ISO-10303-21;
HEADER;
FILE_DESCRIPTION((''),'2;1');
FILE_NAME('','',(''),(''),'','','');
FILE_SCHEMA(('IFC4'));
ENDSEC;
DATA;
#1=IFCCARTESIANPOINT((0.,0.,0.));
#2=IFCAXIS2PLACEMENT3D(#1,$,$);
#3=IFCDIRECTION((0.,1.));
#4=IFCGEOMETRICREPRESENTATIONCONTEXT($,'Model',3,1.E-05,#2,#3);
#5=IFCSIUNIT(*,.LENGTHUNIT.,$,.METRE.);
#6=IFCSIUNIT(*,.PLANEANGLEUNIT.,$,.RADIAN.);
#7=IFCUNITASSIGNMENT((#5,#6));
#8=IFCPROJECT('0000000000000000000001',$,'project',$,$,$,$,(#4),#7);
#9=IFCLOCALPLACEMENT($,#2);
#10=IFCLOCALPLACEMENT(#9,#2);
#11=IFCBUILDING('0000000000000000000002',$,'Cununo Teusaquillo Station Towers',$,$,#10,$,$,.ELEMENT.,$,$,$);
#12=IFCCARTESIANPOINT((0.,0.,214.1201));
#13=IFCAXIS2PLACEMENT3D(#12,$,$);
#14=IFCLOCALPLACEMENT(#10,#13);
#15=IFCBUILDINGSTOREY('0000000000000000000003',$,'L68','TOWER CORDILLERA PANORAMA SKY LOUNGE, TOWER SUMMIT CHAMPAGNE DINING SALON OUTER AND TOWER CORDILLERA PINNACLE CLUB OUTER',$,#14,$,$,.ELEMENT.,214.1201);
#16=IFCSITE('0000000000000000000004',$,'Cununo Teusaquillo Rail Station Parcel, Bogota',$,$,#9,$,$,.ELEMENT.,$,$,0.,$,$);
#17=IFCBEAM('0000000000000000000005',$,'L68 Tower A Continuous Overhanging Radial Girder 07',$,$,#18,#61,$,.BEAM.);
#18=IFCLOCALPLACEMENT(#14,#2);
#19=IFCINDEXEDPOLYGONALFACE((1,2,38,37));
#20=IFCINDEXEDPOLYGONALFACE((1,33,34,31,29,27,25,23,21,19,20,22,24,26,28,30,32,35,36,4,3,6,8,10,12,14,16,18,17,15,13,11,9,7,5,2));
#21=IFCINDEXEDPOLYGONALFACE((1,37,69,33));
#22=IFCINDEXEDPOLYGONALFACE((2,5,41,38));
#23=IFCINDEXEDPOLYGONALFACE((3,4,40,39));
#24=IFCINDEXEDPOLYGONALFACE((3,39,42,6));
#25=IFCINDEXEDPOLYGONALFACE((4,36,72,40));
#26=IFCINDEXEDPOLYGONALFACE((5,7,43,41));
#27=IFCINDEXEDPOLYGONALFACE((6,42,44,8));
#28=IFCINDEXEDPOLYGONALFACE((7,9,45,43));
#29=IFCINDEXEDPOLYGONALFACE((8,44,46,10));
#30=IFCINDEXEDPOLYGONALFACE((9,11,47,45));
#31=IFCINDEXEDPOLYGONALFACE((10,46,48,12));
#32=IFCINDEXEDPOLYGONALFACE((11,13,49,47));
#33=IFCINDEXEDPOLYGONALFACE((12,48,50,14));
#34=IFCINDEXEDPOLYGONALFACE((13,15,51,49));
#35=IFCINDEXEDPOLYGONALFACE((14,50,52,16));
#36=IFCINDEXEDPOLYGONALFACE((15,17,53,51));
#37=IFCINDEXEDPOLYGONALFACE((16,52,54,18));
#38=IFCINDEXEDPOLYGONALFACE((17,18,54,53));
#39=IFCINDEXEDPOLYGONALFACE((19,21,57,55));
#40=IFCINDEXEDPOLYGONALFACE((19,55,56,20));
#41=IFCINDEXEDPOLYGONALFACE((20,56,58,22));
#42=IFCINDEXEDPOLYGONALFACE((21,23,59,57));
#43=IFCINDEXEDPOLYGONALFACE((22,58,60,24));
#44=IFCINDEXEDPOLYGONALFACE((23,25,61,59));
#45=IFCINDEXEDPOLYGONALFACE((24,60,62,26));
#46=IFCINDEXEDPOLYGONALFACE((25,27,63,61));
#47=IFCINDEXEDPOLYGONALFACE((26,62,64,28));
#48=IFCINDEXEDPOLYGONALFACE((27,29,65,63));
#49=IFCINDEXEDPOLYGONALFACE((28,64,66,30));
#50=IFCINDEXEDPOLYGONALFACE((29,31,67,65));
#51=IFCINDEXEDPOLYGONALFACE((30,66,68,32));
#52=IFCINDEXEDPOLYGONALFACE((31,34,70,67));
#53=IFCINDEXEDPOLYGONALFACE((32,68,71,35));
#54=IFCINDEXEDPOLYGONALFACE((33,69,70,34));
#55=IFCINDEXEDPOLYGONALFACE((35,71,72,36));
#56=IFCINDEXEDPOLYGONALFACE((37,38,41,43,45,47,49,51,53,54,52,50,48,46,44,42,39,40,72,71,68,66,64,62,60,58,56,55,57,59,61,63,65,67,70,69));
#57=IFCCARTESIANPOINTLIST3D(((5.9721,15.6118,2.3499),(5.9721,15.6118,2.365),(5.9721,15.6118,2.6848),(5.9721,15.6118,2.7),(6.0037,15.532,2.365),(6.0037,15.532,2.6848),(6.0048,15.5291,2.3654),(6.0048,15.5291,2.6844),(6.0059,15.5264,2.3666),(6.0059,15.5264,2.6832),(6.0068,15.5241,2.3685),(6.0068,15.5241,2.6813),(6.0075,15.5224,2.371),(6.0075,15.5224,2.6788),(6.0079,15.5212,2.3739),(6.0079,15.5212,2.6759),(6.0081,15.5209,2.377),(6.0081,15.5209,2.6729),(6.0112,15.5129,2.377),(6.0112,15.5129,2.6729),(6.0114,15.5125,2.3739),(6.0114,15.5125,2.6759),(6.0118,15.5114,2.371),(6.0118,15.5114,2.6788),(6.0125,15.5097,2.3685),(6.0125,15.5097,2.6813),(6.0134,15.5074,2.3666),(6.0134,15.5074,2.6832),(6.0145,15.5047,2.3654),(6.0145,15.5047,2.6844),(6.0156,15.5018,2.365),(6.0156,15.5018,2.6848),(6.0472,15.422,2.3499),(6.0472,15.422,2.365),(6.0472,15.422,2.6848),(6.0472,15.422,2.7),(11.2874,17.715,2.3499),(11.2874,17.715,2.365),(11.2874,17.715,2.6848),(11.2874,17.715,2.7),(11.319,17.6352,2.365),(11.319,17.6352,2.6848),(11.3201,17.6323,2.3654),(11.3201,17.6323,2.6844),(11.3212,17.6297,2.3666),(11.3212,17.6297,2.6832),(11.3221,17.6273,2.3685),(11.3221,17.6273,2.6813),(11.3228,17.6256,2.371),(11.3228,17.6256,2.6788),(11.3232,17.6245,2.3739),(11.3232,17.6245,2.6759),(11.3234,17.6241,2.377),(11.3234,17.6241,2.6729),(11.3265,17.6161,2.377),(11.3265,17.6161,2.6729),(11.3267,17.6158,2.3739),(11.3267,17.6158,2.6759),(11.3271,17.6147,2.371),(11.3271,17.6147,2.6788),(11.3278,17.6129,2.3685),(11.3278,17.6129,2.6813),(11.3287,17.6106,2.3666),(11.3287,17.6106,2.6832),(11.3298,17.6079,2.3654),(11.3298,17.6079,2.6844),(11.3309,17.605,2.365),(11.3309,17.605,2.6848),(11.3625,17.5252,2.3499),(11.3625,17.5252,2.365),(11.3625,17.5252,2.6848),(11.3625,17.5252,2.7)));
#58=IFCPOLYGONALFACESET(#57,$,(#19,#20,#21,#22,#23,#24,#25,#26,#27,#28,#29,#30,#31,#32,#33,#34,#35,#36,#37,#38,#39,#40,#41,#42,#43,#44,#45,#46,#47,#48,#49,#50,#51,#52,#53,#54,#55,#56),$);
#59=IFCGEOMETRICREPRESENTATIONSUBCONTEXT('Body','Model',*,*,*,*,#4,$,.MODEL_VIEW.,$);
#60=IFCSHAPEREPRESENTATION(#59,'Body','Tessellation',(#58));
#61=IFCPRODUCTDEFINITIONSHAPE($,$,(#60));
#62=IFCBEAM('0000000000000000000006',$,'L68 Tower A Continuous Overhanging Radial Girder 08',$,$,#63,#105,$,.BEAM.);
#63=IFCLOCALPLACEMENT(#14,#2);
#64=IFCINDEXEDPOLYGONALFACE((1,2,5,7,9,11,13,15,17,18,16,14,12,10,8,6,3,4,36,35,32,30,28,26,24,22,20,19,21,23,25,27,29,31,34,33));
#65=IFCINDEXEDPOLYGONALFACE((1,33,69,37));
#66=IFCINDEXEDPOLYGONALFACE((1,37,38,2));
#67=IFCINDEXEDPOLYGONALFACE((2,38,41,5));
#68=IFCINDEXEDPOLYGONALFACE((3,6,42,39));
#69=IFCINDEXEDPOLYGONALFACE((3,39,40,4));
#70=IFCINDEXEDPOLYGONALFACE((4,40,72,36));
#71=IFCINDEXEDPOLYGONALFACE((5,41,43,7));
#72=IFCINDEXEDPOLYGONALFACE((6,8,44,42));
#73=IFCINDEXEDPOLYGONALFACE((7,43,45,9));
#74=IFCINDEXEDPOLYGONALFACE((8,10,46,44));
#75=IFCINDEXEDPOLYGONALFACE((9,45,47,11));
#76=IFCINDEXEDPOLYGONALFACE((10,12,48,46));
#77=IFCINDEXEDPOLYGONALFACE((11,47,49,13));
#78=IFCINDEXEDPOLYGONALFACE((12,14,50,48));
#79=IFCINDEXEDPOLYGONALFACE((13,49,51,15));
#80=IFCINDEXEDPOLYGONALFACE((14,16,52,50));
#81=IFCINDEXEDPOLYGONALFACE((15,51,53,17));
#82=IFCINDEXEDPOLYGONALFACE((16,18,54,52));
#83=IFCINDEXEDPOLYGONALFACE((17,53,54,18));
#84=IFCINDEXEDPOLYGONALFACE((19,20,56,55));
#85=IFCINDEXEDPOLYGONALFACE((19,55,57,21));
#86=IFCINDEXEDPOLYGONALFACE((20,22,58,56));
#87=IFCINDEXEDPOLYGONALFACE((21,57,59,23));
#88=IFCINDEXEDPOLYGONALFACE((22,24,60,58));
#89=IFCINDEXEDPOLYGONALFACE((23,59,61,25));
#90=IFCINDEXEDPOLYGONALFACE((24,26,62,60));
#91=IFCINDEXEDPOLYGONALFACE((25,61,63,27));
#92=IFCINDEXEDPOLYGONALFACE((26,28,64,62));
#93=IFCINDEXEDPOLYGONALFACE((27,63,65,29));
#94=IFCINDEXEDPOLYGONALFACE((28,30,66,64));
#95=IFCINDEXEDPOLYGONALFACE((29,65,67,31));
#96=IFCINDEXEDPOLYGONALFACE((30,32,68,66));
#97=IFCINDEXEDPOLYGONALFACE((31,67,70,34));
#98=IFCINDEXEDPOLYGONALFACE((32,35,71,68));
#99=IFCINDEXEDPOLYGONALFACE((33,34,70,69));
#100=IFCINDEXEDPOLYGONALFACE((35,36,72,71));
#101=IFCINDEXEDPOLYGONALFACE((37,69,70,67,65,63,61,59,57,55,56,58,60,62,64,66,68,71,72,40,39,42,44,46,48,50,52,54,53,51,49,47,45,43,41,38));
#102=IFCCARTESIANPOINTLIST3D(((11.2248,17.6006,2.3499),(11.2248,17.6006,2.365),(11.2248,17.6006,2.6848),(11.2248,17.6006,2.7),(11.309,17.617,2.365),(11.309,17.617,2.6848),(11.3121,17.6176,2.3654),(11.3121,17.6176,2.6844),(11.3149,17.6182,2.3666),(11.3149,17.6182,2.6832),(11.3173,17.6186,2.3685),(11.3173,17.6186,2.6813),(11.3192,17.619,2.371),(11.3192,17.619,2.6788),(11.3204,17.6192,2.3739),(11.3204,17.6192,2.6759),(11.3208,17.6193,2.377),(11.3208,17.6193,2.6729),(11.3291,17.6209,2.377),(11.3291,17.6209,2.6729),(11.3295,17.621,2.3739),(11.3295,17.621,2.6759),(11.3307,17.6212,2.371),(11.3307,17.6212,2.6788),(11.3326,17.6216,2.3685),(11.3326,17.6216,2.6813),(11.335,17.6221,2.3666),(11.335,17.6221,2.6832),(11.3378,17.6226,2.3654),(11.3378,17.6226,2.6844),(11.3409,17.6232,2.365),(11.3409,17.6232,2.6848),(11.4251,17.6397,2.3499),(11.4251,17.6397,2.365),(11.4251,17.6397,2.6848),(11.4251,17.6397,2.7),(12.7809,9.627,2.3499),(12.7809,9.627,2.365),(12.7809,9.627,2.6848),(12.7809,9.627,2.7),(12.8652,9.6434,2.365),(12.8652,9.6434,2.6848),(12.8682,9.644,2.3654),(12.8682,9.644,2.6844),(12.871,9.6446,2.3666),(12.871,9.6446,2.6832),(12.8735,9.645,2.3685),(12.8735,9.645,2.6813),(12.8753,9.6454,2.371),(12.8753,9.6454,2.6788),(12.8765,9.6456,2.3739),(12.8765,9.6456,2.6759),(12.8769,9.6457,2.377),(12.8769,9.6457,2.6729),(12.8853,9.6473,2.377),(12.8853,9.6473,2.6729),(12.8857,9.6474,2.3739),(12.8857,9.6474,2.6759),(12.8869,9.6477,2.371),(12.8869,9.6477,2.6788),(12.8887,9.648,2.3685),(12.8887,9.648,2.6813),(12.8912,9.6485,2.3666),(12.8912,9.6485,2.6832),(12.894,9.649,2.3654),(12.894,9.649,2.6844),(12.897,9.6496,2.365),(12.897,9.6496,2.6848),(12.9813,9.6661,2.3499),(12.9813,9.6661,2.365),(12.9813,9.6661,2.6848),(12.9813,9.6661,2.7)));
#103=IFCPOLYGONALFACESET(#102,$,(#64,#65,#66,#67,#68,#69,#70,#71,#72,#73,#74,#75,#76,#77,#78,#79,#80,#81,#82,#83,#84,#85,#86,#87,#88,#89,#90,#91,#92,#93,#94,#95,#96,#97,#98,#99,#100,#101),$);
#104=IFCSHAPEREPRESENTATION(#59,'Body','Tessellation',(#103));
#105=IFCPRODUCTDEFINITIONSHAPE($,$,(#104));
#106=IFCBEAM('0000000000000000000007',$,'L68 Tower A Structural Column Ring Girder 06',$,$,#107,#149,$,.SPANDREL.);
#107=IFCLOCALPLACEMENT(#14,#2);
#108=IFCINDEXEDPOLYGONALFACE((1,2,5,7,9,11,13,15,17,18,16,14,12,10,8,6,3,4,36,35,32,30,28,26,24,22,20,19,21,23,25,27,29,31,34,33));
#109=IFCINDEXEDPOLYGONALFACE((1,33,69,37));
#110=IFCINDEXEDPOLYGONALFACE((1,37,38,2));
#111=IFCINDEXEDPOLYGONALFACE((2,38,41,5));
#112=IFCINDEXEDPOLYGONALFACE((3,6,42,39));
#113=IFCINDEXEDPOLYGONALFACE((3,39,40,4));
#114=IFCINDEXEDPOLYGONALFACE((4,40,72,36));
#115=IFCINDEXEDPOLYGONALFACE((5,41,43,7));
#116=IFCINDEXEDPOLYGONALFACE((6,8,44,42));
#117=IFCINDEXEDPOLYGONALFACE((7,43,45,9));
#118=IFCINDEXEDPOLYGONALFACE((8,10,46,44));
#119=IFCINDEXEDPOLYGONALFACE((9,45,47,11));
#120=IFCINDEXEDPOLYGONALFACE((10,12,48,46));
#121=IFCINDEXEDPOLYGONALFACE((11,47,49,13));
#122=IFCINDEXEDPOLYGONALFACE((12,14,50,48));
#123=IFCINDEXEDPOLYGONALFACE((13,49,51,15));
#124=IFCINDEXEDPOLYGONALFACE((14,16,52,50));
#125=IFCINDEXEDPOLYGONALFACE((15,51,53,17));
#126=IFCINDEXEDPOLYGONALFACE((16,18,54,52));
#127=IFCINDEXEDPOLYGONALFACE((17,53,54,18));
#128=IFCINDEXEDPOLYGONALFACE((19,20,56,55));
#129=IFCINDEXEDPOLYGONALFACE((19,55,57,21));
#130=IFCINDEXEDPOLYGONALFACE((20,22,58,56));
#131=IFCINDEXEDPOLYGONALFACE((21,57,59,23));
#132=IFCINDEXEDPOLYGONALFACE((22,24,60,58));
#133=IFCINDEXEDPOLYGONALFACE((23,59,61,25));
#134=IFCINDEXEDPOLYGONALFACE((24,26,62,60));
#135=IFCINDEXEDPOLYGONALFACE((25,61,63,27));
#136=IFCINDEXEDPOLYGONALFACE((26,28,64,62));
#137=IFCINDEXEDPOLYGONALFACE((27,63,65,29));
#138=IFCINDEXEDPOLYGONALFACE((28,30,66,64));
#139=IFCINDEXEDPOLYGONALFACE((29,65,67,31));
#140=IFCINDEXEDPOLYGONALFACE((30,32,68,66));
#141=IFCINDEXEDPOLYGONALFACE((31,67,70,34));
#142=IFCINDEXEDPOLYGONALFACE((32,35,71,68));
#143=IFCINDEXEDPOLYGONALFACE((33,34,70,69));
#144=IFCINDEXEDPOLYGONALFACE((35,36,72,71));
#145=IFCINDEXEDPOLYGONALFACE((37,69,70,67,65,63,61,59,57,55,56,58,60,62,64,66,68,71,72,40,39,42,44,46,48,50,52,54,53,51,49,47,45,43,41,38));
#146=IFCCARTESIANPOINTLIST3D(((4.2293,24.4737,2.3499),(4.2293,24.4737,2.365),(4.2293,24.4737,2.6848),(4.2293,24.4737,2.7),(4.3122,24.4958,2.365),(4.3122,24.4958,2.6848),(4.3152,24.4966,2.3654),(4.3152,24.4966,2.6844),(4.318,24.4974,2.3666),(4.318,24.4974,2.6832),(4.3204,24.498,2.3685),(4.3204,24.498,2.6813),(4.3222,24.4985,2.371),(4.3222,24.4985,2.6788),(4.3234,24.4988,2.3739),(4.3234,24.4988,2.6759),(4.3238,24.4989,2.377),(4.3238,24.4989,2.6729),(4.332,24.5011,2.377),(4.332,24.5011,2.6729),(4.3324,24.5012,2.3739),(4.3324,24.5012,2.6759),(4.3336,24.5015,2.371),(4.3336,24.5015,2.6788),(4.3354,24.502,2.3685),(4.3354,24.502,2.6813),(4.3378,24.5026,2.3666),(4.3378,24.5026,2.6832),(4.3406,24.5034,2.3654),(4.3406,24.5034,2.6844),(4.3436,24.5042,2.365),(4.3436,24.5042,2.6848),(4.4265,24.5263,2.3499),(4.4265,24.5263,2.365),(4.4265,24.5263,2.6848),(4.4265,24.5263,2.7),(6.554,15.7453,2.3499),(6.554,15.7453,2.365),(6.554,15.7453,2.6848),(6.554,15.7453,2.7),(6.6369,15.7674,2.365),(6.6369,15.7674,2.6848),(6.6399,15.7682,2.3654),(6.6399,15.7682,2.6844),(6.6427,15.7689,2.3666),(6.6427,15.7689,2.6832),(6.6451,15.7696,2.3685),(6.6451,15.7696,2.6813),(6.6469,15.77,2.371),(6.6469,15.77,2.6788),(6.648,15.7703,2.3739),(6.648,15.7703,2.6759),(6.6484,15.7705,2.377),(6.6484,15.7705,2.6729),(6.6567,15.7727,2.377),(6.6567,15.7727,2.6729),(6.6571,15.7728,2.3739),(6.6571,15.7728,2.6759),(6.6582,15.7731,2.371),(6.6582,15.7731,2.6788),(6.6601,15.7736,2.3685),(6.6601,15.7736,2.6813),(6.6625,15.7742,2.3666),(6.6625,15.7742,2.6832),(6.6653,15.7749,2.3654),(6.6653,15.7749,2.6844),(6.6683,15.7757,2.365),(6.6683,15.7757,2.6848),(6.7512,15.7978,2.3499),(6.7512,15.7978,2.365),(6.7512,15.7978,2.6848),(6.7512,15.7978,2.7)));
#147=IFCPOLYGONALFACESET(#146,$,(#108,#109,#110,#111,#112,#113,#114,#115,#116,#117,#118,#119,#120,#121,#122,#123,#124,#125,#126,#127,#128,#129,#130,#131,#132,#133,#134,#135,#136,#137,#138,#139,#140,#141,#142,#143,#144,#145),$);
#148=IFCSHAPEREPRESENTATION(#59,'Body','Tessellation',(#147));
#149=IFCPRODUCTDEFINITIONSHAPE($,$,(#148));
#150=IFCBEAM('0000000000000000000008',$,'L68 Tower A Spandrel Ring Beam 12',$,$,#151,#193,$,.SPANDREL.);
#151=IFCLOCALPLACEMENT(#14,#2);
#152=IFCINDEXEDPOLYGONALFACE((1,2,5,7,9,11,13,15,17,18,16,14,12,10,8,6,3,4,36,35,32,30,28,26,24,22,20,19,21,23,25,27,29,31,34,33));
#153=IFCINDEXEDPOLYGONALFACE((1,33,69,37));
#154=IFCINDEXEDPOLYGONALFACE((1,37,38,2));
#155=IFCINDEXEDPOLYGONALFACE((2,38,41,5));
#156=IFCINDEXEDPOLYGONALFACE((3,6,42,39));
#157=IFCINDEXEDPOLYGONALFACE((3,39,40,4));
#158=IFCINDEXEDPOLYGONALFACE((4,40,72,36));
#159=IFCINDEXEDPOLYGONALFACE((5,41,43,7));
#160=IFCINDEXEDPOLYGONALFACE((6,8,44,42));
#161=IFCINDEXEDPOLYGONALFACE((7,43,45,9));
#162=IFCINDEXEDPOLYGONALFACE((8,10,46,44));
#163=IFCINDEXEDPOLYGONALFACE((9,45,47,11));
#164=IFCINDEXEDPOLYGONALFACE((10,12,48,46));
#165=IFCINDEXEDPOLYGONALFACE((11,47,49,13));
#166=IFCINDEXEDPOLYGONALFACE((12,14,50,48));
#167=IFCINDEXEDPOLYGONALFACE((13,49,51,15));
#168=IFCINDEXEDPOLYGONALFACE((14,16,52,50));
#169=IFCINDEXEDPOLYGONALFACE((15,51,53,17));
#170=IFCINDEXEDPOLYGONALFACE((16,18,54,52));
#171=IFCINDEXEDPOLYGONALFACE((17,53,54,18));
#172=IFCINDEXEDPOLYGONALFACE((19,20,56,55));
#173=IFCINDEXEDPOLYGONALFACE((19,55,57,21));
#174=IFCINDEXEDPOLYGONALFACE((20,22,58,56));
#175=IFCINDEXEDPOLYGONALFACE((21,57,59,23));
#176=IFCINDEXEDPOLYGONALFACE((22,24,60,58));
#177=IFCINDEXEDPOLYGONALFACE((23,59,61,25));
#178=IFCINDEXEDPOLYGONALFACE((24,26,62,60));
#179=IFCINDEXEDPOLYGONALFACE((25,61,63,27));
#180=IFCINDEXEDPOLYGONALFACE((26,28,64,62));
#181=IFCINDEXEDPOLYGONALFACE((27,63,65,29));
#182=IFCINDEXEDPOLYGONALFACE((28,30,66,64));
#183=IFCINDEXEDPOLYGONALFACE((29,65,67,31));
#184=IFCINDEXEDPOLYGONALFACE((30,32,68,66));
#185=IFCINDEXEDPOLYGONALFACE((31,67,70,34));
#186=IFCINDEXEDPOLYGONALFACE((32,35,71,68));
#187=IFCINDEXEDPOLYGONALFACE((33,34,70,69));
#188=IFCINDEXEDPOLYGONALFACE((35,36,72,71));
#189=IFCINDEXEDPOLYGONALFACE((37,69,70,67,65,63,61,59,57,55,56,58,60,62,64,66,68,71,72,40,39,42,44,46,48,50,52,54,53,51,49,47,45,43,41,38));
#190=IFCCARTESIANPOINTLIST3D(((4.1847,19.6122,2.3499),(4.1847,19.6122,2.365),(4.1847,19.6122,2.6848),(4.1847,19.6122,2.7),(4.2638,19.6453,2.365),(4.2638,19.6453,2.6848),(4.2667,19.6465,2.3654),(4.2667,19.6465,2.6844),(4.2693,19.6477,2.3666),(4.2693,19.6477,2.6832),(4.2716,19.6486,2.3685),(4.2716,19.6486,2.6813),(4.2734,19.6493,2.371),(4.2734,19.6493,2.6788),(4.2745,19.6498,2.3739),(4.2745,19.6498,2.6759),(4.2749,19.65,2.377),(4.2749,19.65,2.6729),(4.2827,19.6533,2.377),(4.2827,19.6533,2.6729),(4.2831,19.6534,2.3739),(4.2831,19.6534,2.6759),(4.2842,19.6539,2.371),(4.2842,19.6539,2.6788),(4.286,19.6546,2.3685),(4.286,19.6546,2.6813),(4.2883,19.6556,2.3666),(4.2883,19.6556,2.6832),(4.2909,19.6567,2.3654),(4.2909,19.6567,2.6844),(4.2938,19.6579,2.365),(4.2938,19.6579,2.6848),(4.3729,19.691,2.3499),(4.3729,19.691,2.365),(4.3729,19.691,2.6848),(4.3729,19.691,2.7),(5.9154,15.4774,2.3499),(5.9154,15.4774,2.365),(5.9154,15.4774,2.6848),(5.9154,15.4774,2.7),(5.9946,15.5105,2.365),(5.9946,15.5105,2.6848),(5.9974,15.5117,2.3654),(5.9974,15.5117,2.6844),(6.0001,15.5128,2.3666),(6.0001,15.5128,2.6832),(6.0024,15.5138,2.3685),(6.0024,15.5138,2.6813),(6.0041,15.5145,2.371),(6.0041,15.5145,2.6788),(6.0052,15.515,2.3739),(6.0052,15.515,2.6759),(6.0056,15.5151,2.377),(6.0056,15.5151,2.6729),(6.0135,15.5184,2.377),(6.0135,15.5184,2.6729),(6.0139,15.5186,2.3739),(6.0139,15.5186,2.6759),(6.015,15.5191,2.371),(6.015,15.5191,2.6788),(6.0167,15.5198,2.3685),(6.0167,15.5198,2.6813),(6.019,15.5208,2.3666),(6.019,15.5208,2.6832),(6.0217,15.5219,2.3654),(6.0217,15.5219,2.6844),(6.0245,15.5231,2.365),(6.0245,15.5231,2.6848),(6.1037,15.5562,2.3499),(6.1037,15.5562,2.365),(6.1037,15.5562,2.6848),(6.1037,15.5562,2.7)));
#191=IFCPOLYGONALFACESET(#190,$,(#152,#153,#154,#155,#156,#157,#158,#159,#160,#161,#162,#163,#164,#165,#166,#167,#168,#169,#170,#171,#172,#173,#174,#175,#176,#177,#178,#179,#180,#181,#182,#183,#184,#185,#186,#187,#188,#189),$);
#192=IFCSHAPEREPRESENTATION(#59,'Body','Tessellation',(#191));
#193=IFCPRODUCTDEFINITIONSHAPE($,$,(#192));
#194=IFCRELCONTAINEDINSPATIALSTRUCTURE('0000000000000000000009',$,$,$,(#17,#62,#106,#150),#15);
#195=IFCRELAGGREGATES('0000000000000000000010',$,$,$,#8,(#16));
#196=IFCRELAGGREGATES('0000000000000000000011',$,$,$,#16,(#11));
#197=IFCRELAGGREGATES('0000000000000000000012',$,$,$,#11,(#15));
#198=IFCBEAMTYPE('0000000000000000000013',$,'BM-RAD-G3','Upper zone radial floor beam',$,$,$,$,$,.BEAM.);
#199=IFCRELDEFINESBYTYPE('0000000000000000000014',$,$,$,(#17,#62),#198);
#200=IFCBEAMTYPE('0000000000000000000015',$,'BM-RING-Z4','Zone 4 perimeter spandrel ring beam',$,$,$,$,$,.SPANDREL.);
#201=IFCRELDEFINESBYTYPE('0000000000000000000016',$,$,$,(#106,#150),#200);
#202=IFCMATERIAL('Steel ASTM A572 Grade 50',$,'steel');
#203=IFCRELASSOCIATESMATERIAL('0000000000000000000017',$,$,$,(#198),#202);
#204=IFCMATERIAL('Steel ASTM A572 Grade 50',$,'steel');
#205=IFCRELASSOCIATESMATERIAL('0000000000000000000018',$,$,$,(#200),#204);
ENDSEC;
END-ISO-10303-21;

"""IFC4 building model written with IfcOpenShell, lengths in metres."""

from ifc_helpers import new_model, si_unit, direction, frame, origin, origin_2d, place, context, subcontext, project, spatial, i_section, extrude, material, material_profile, profile_set, type_object, element, save


model = new_model("IFC4")

# Units and contexts
model_context = context("Model", 3, precision=1e-05, world=origin(), true_north=direction((0.0, 1.0)))
body_context = subcontext(model_context, "Body", "Model", "MODEL_VIEW")
ifc_project = project(units=[si_unit("LENGTHUNIT", "METRE"), si_unit("PLANEANGLEUNIT", "RADIAN")], contexts=[model_context])

# Site, building, storey
site_placement = place(None, origin())
site = spatial("IfcSite", under=ifc_project, at=site_placement, Name="Cununo Teusaquillo Rail Station Parcel, Bogota", CompositionType="ELEMENT", RefElevation=0.0)
building_placement = place(site_placement, origin())
building = spatial("IfcBuilding", under=site, at=building_placement, Name="Cununo Teusaquillo Station Towers", CompositionType="ELEMENT")
storey_placement = place(building_placement, frame((0.0, 0.0, 214.1201)))
storey = spatial("IfcBuildingStorey", under=building, at=storey_placement, Name="L68", Description="TOWER CORDILLERA PANORAMA SKY LOUNGE, TOWER SUMMIT CHAMPAGNE DINING SALON OUTER AND TOWER CORDILLERA PINNACLE CLUB OUTER", CompositionType="ELEMENT", Elevation=214.1201)

# Beams
ifc_material_1 = material(Name="Steel ASTM A572 Grade 50", Category="steel")
ifc_material_profile_1 = material_profile(ifc_material_1, i_section(OverallWidth=0.2041, OverallDepth=0.3501, WebThickness=0.0085, FlangeThickness=0.0151, FilletRadius=0.012, at=origin_2d()), Name="W14X48")
ifc_profile_set_1 = profile_set([ifc_material_profile_1], Name="Steel ASTM A572 Grade 50")
beam_type_1 = type_object("IfcBeamType", Name="BM-RAD-G3", Description="Upper zone radial floor beam", PredefinedType="BEAM", material=ifc_profile_set_1)
beam_1_placement = place(storey_placement, frame((11.325, 17.6201, 2.5249), z_axis=(-0.929852, -0.367935, 0.0), x_axis=(0.367935, -0.929852, 0.0)))
element("IfcBeam", 1, at=beam_1_placement, inside=storey, type_object=beam_type_1, Name="L68 Tower A Continuous Overhanging Radial Girder 07", PredefinedType="BEAM", context=body_context, shape_type="SweptSolid", body=[
    extrude(i_section(OverallWidth=0.2041, OverallDepth=0.3501, WebThickness=0.0085, FlangeThickness=0.0151, FilletRadius=0.012, at=origin_2d()), origin(), (0.0, 0.0, 1.0), 5.7163),
])
beam_2_placement = place(storey_placement, frame((11.325, 17.6201, 2.5249), z_axis=(0.191548, -0.981483, 0.0), x_axis=(0.981483, 0.191548, 0.0)))
element("IfcBeam", 2, at=beam_2_placement, inside=storey, type_object=beam_type_1, Name="L68 Tower A Continuous Overhanging Radial Girder 08", PredefinedType="BEAM", context=body_context, shape_type="SweptSolid", body=[
    extrude(i_section(OverallWidth=0.2041, OverallDepth=0.3501, WebThickness=0.0085, FlangeThickness=0.0151, FilletRadius=0.012, at=origin_2d()), origin(), (0.0, 0.0, 1.0), 8.124),
])
ifc_material_2 = material(Name="Steel ASTM A572 Grade 50", Category="steel")
ifc_material_profile_2 = material_profile(ifc_material_2, i_section(OverallWidth=0.2041, OverallDepth=0.3501, WebThickness=0.0085, FlangeThickness=0.0151, FilletRadius=0.012, at=origin_2d()), Name="W14X48")
ifc_profile_set_2 = profile_set([ifc_material_profile_2], Name="Steel ASTM A572 Grade 50")
beam_type_2 = type_object("IfcBeamType", Name="BM-RING-Z4", Description="Zone 4 perimeter spandrel ring beam", PredefinedType="SPANDREL", material=ifc_profile_set_2)
beam_3_placement = place(storey_placement, frame((4.3279, 24.5, 2.5249), z_axis=(0.257363, -0.966315, 0.0), x_axis=(0.966315, 0.257363, 0.0)))
element("IfcBeam", 3, at=beam_3_placement, inside=storey, type_object=beam_type_2, Name="L68 Tower A Structural Column Ring Girder 06", PredefinedType="SPANDREL", context=body_context, shape_type="SweptSolid", body=[
    extrude(i_section(OverallWidth=0.2041, OverallDepth=0.3501, WebThickness=0.0085, FlangeThickness=0.0151, FilletRadius=0.012, at=origin_2d()), origin(), (0.0, 0.0, 1.0), 9.0327),
])
beam_4_placement = place(storey_placement, frame((4.2788, 19.6516, 2.5249), z_axis=(0.386115, -0.92245, 0.0), x_axis=(0.92245, 0.386115, 0.0)))
element("IfcBeam", 4, at=beam_4_placement, inside=storey, type_object=beam_type_2, Name="L68 Tower A Spandrel Ring Beam 12", PredefinedType="SPANDREL", context=body_context, shape_type="SweptSolid", body=[
    extrude(i_section(OverallWidth=0.2041, OverallDepth=0.3501, WebThickness=0.0085, FlangeThickness=0.0151, FilletRadius=0.012, at=origin_2d()), origin(), (0.0, 0.0, 1.0), 4.4824),
])

save(model, "model.ifc")
